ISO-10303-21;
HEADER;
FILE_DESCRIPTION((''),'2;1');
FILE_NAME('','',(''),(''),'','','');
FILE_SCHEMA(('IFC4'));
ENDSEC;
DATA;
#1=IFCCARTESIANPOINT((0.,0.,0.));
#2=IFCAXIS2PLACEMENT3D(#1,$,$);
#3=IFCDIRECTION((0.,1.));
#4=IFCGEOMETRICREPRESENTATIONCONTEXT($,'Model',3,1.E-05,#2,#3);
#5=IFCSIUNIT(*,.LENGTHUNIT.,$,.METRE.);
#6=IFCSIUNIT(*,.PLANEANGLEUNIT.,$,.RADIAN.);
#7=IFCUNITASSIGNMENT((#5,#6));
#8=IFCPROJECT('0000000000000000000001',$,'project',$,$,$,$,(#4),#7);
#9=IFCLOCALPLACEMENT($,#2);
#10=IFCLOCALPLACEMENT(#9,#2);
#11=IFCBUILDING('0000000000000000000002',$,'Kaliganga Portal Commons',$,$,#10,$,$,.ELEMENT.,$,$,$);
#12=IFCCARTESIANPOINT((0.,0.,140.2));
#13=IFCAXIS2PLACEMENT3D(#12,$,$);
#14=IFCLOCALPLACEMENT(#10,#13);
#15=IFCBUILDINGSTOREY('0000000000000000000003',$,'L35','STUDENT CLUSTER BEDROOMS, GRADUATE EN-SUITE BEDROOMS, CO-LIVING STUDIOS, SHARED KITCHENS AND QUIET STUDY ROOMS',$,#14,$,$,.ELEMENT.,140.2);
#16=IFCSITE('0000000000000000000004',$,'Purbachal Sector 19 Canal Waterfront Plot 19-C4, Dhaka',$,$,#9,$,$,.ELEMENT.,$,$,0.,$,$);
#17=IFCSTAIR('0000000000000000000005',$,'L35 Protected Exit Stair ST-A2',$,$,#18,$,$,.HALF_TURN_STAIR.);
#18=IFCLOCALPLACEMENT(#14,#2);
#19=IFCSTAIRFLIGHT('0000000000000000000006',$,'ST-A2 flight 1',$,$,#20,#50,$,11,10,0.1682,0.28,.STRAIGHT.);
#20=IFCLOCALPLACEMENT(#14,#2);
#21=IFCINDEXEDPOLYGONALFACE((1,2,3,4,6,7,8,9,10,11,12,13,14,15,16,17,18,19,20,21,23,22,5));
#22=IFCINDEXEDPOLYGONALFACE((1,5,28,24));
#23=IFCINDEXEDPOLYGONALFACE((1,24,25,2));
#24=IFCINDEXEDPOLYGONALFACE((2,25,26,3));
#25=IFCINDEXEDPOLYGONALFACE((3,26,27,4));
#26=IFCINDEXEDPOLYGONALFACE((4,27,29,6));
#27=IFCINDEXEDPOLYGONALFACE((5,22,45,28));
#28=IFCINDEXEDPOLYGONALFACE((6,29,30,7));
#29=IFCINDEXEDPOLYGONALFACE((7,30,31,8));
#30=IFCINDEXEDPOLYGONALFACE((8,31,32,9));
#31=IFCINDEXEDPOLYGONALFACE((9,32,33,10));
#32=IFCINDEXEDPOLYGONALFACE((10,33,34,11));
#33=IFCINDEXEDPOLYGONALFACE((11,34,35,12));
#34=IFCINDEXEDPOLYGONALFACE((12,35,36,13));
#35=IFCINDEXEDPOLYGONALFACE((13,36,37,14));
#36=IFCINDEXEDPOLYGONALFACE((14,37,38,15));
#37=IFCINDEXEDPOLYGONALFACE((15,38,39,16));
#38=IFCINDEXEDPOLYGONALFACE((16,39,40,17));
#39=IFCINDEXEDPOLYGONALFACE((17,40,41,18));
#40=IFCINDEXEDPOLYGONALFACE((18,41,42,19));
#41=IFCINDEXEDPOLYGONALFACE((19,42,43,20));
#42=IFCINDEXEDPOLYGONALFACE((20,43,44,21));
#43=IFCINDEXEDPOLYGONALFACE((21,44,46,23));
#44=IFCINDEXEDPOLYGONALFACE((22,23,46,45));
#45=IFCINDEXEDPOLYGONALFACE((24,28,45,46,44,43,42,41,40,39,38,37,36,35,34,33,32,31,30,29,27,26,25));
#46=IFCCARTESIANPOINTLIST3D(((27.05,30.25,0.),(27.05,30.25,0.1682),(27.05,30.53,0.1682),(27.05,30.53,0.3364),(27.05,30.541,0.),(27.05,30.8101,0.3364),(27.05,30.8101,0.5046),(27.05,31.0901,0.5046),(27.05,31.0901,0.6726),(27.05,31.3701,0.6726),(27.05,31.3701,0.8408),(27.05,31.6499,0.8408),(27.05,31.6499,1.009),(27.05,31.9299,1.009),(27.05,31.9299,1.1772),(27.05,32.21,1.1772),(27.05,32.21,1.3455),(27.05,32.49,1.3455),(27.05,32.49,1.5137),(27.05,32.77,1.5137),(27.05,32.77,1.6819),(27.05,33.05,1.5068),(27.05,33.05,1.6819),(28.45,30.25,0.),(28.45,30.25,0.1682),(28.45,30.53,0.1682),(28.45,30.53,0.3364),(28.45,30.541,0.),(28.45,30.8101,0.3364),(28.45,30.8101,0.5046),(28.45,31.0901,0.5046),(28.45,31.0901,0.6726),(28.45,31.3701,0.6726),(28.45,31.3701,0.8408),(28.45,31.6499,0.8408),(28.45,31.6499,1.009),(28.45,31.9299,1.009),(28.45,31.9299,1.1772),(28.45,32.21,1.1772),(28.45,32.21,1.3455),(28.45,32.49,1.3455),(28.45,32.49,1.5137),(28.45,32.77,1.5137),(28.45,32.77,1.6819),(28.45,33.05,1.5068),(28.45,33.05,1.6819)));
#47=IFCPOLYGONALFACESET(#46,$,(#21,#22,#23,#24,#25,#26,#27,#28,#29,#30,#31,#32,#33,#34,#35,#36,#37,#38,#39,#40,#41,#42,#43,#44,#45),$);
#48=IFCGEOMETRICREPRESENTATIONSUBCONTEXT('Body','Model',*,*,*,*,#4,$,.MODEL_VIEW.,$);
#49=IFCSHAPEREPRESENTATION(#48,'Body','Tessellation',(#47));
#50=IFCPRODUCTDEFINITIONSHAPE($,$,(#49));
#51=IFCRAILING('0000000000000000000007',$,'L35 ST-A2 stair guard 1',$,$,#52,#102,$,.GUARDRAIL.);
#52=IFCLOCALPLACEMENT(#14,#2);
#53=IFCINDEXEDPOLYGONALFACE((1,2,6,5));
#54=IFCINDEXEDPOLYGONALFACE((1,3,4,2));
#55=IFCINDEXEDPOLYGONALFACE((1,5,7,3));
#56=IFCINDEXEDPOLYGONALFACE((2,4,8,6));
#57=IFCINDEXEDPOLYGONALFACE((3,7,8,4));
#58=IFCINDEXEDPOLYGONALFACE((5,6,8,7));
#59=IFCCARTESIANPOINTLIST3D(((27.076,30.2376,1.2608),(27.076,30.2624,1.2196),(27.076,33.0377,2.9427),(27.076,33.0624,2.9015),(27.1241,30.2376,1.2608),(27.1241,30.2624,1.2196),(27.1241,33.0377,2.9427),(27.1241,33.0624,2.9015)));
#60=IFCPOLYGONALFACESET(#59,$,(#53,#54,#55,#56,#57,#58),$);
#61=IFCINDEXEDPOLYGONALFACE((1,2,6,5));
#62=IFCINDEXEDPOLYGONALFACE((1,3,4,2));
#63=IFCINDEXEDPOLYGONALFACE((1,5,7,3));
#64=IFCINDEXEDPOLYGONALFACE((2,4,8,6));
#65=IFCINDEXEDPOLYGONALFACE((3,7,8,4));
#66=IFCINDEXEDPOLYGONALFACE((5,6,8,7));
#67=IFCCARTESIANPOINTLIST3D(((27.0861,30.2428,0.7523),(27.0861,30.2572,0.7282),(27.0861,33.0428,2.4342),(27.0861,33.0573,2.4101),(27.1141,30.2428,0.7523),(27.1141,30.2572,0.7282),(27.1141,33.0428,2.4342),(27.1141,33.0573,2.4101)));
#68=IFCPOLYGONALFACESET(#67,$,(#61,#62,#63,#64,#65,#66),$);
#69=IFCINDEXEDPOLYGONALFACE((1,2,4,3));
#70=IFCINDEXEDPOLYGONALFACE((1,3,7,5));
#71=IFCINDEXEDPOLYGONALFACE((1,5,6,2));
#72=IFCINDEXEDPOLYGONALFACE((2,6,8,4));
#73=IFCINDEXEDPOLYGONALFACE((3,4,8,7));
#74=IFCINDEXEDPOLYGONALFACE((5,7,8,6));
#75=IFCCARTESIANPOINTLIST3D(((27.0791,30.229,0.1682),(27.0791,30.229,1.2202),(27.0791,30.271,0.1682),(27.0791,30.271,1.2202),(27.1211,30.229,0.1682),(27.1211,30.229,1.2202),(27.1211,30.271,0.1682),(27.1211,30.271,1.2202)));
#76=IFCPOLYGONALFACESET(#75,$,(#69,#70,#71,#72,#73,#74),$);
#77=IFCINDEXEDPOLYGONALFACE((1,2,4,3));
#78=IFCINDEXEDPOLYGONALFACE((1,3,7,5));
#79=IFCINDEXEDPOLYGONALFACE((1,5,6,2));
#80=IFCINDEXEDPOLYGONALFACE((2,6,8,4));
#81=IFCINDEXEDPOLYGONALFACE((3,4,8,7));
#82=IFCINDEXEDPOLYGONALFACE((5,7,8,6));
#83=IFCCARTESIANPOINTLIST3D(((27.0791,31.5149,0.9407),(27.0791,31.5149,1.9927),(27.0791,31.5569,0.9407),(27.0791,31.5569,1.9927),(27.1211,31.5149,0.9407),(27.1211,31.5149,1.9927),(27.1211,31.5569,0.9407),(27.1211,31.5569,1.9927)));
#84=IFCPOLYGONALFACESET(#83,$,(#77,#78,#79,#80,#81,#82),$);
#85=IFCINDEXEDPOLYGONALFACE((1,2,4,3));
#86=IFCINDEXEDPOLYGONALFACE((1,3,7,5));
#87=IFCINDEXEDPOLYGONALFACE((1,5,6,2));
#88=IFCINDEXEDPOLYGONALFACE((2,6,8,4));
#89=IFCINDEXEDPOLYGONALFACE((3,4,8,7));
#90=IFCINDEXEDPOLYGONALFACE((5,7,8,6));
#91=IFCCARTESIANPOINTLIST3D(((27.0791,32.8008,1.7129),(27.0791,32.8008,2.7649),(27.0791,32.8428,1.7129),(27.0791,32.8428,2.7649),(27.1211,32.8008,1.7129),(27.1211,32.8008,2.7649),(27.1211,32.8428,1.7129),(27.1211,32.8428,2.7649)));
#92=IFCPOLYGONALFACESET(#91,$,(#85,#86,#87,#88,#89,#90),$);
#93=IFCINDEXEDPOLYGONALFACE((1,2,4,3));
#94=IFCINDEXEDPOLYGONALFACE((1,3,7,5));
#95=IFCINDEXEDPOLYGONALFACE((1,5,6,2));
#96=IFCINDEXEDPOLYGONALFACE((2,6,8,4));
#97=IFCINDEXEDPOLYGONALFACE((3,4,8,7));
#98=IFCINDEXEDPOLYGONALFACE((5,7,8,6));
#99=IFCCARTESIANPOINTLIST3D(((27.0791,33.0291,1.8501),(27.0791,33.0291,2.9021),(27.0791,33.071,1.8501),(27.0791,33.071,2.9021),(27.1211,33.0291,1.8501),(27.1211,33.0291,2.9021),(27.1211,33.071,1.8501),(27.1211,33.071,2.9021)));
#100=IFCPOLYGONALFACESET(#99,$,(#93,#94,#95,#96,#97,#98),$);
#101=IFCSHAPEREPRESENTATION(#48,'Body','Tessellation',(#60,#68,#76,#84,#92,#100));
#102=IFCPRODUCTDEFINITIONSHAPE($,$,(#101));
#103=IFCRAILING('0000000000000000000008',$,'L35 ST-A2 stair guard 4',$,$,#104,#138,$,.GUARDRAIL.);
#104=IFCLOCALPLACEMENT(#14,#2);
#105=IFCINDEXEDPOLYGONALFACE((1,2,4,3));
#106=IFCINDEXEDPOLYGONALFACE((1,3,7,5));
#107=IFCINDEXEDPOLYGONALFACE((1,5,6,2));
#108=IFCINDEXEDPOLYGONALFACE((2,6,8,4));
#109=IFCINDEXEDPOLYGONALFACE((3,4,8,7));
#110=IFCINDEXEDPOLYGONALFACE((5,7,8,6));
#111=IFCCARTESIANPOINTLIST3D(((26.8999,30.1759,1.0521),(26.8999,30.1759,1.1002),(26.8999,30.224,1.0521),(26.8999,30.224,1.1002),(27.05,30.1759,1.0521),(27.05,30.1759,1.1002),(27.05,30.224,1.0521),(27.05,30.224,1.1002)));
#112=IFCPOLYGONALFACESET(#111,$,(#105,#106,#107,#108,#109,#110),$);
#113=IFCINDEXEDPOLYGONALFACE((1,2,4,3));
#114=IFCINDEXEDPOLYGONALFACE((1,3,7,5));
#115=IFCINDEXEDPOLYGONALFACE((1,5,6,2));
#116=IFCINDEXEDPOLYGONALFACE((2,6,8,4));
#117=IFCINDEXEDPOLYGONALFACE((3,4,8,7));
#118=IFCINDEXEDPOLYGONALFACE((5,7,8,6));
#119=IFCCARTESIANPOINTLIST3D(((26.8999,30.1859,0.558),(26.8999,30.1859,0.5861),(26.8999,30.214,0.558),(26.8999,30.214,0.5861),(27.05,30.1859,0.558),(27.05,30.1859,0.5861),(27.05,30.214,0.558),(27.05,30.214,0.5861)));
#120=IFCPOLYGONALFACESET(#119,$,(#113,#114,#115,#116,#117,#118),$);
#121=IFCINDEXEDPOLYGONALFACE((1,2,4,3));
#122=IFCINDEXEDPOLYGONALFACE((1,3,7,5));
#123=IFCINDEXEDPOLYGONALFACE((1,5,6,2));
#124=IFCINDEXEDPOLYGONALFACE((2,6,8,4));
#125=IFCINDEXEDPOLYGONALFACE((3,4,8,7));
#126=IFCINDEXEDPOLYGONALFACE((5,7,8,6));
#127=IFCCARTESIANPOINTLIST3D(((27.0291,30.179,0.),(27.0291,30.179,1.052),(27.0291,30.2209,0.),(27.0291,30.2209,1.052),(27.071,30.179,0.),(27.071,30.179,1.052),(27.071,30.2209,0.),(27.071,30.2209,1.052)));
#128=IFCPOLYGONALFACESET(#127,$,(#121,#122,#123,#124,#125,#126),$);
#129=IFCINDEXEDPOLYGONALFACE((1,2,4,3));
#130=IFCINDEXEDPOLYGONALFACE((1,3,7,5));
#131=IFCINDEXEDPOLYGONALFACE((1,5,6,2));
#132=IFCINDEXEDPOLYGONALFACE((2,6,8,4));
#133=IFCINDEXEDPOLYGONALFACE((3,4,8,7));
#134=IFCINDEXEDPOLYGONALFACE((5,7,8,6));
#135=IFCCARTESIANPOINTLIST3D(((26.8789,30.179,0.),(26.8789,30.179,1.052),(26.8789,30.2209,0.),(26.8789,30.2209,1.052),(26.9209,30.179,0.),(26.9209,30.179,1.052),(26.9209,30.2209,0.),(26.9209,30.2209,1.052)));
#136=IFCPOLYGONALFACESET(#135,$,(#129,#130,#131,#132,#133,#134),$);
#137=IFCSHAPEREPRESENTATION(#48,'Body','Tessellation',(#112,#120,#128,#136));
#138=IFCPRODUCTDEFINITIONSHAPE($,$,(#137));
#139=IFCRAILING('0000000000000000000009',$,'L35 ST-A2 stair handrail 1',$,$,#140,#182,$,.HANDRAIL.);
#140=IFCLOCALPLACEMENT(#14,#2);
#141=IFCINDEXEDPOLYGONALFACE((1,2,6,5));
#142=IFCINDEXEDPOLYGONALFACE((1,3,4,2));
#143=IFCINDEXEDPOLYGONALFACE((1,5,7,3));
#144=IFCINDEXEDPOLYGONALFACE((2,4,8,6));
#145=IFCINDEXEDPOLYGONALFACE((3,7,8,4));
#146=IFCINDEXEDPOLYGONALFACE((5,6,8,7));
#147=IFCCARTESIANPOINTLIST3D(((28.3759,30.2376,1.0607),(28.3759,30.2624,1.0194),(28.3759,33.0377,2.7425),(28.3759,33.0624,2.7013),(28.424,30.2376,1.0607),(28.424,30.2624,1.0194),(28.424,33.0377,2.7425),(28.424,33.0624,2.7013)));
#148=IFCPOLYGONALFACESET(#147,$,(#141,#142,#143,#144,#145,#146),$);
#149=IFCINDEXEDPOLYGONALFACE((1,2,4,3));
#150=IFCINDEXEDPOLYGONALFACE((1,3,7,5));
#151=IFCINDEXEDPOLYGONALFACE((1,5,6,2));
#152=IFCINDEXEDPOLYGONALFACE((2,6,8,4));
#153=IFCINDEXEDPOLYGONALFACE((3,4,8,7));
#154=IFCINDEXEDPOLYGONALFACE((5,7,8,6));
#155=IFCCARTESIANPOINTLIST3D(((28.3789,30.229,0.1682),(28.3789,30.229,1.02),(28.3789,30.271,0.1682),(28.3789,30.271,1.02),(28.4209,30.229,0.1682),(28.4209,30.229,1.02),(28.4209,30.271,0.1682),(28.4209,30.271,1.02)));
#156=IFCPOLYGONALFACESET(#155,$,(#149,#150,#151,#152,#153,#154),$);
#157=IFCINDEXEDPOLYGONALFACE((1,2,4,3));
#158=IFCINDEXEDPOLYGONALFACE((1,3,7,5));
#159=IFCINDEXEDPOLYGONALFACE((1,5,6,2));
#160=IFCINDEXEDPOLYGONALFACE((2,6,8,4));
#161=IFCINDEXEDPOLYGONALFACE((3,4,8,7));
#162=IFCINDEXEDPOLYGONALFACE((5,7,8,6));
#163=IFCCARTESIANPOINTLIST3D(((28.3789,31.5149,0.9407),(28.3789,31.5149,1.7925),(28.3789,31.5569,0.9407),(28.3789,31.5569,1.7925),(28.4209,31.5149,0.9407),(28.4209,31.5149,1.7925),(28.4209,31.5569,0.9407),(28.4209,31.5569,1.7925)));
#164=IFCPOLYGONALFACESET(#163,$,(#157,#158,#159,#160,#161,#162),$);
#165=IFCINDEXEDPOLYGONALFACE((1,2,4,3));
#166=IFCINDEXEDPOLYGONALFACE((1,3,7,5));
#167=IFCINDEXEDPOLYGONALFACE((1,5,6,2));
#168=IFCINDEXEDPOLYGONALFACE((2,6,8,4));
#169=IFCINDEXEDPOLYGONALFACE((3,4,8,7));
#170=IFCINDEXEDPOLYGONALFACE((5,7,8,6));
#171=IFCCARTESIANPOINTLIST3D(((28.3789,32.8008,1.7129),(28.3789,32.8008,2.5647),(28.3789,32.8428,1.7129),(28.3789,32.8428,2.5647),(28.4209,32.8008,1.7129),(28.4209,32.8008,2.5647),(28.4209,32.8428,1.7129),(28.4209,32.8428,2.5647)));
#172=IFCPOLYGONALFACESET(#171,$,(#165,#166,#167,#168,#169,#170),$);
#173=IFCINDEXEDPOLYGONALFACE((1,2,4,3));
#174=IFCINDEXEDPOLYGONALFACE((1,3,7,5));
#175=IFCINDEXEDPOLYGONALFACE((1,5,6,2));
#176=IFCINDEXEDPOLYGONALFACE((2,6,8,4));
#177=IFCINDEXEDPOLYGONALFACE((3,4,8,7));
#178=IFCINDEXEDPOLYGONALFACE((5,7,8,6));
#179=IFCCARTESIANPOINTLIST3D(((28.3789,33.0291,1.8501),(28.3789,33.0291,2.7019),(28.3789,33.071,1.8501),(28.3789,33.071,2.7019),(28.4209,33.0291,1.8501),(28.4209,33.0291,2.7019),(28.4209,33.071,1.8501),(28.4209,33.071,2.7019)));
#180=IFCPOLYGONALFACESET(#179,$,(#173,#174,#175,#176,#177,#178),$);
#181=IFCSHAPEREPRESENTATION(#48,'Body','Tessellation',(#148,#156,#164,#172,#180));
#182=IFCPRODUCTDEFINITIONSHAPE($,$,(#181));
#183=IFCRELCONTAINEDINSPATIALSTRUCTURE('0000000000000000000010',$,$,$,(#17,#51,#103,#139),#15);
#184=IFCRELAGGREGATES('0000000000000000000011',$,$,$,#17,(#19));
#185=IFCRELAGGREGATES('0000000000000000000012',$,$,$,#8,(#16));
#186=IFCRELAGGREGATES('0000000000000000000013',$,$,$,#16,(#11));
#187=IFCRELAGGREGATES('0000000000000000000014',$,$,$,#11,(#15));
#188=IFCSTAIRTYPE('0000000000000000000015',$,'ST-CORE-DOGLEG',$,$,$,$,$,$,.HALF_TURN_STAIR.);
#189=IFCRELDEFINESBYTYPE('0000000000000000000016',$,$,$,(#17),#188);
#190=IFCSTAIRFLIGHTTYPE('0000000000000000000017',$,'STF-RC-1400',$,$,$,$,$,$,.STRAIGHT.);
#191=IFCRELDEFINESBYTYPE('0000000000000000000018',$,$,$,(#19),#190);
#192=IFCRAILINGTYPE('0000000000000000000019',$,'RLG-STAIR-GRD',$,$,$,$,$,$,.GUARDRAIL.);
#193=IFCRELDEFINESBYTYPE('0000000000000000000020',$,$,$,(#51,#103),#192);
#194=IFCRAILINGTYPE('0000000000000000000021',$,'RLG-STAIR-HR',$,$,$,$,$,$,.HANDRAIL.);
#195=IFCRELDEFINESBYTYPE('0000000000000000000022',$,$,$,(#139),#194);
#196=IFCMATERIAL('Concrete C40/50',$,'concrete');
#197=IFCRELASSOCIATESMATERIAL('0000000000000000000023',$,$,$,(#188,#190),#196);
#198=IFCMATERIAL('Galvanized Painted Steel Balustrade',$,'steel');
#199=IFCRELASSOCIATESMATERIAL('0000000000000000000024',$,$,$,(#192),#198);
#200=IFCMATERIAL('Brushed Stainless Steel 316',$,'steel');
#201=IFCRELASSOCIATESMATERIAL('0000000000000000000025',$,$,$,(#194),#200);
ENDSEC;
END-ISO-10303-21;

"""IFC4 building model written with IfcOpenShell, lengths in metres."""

from ifc_helpers import new_model, si_unit, direction, frame, origin, origin_2d, place, context, subcontext, project, spatial, polyline, rectangle, outline, extrude, material, type_object, element, aggregate, save


model = new_model("IFC4")

# Units and contexts
model_context = context("Model", 3, precision=1e-05, world=origin(), true_north=direction((0.0, 1.0)))
body_context = subcontext(model_context, "Body", "Model", "MODEL_VIEW")
ifc_project = project(units=[si_unit("LENGTHUNIT", "METRE"), si_unit("PLANEANGLEUNIT", "RADIAN")], contexts=[model_context])

# Site, building, storey
site_placement = place(None, origin())
site = spatial("IfcSite", under=ifc_project, at=site_placement, Name="Purbachal Sector 19 Canal Waterfront Plot 19-C4, Dhaka", CompositionType="ELEMENT", RefElevation=0.0)
building_placement = place(site_placement, origin())
building = spatial("IfcBuilding", under=site, at=building_placement, Name="Kaliganga Portal Commons", CompositionType="ELEMENT")
storey_placement = place(building_placement, frame((0.0, 0.0, 140.2)))
storey = spatial("IfcBuildingStorey", under=building, at=storey_placement, Name="L35", Description="STUDENT CLUSTER BEDROOMS, GRADUATE EN-SUITE BEDROOMS, CO-LIVING STUDIOS, SHARED KITCHENS AND QUIET STUDY ROOMS", CompositionType="ELEMENT", Elevation=140.2)

# Stair, stair flight
ifc_material_1 = material(Name="Concrete C40/50", Category="concrete")
stair_type = type_object("IfcStairType", Name="ST-CORE-DOGLEG", PredefinedType="HALF_TURN_STAIR", material=ifc_material_1)
stair_placement = place(storey_placement, origin())
stair = element("IfcStair", 1, at=stair_placement, inside=storey, type_object=stair_type, Name="L35 Protected Exit Stair ST-A2", PredefinedType="HALF_TURN_STAIR")
stair_flight_type = type_object("IfcStairFlightType", Name="STF-RC-1400", PredefinedType="STRAIGHT", material=ifc_material_1)
stair_flight_placement = place(storey_placement, frame((27.75, 30.25, 0.0), z_axis=(0.0, 0.0, 1.0), x_axis=(0.0, 1.0, 0.0)))
stair_flight = element("IfcStairFlight", 2, at=stair_flight_placement, type_object=stair_flight_type, Name="ST-A2 flight 1", NumberOfRisers=11, NumberOfTreads=10, PredefinedType="STRAIGHT", RiserHeight=0.1682, TreadLength=0.28, context=body_context, shape_type="SweptSolid", body=[
    extrude(outline(polyline([(0.0, 0.0), (0.0, 0.1682), (0.28, 0.1682), (0.28, 0.3364), (0.5601, 0.3364), (0.5601, 0.5046), (0.8401, 0.5046), (0.8401, 0.6726), (1.1201, 0.6726), (1.1201, 0.8408), (1.3999, 0.8408), (1.3999, 1.009), (1.6799, 1.009), (1.6799, 1.1772), (1.96, 1.1772), (1.96, 1.3455), (2.24, 1.3455), (2.24, 1.5137), (2.52, 1.5137), (2.52, 1.6819), (2.8, 1.6819), (2.8, 1.8501), (2.8, 1.5068), (0.291, 0.0), (0.0, 0.0)])), frame((0.0, 0.7, 0.0), z_axis=(0.0, -1.0, 0.0), x_axis=(1.0, 0.0, 0.0)), (0.0, 0.0, 1.0), 1.3999),
])
aggregate(stair, [stair_flight])

# Railings
ifc_material_2 = material(Name="Galvanized Painted Steel Balustrade", Category="steel")
railing_type_1 = type_object("IfcRailingType", Name="RLG-STAIR-GRD", PredefinedType="GUARDRAIL", material=ifc_material_2)
railing_1_placement = place(storey_placement, frame((27.1001, 30.25, 0.1682)))
element("IfcRailing", 3, at=railing_1_placement, inside=storey, type_object=railing_type_1, Name="L35 ST-A2 stair guard 1", PredefinedType="GUARDRAIL", context=body_context, shape_type="SweptSolid", body=[
    extrude(rectangle(XDim=0.0481, YDim=0.0481, at=origin_2d()), frame((0.0, 0.0, 1.072), z_axis=(0.0, 0.857242, 0.514913), x_axis=(-1.0, 0.0, 0.0)), (0.0, 0.0, 1.0), 3.2664),
    extrude(rectangle(XDim=0.0281, YDim=0.0281, at=origin_2d()), frame((0.0, 0.0, 0.572), z_axis=(0.0, 0.857242, 0.514913), x_axis=(-1.0, 0.0, 0.0)), (0.0, 0.0, 1.0), 3.2664),
    extrude(rectangle(XDim=0.042, YDim=0.042, at=origin_2d()), origin(), (0.0, 0.0, 1.0), 1.052),
    extrude(rectangle(XDim=0.042, YDim=0.042, at=origin_2d()), frame((0.0, 1.2859, 0.7725)), (0.0, 0.0, 1.0), 1.052),
    extrude(rectangle(XDim=0.042, YDim=0.042, at=origin_2d()), frame((0.0, 2.5718, 1.5447)), (0.0, 0.0, 1.0), 1.052),
    extrude(rectangle(XDim=0.042, YDim=0.042, at=origin_2d()), frame((0.0, 2.8, 1.6819)), (0.0, 0.0, 1.0), 1.052),
])
railing_2_placement = place(storey_placement, frame((27.05, 30.2, 0.0)))
element("IfcRailing", 4, at=railing_2_placement, inside=storey, type_object=railing_type_1, Name="L35 ST-A2 stair guard 4", PredefinedType="GUARDRAIL", context=body_context, shape_type="SweptSolid", body=[
    extrude(rectangle(XDim=0.0481, YDim=0.0481, at=origin_2d()), frame((0.0, 0.0, 1.0762), z_axis=(-1.0, 0.0, 0.0), x_axis=(0.0, -1.0, 0.0)), (0.0, 0.0, 1.0), 0.1501),
    extrude(rectangle(XDim=0.0281, YDim=0.0281, at=origin_2d()), frame((0.0, 0.0, 0.572), z_axis=(-1.0, 0.0, 0.0), x_axis=(0.0, -1.0, 0.0)), (0.0, 0.0, 1.0), 0.1501),
    extrude(rectangle(XDim=0.042, YDim=0.042, at=origin_2d()), origin(), (0.0, 0.0, 1.0), 1.052),
    extrude(rectangle(XDim=0.042, YDim=0.042, at=origin_2d()), frame((-0.1501, 0.0, 0.0)), (0.0, 0.0, 1.0), 1.052),
])
ifc_material_3 = material(Name="Brushed Stainless Steel 316", Category="steel")
railing_type_2 = type_object("IfcRailingType", Name="RLG-STAIR-HR", PredefinedType="HANDRAIL", material=ifc_material_3)
railing_3_placement = place(storey_placement, frame((28.3999, 30.25, 0.1682)))
element("IfcRailing", 5, at=railing_3_placement, inside=storey, type_object=railing_type_2, Name="L35 ST-A2 stair handrail 1", PredefinedType="HANDRAIL", context=body_context, shape_type="SweptSolid", body=[
    extrude(rectangle(XDim=0.0481, YDim=0.0481, at=origin_2d()), frame((0.0, 0.0, 0.8718), z_axis=(0.0, 0.857242, 0.514913), x_axis=(-1.0, 0.0, 0.0)), (0.0, 0.0, 1.0), 3.2664),
    extrude(rectangle(XDim=0.042, YDim=0.042, at=origin_2d()), origin(), (0.0, 0.0, 1.0), 0.8518),
    extrude(rectangle(XDim=0.042, YDim=0.042, at=origin_2d()), frame((0.0, 1.2859, 0.7725)), (0.0, 0.0, 1.0), 0.8518),
    extrude(rectangle(XDim=0.042, YDim=0.042, at=origin_2d()), frame((0.0, 2.5718, 1.5447)), (0.0, 0.0, 1.0), 0.8518),
    extrude(rectangle(XDim=0.042, YDim=0.042, at=origin_2d()), frame((0.0, 2.8, 1.6819)), (0.0, 0.0, 1.0), 0.8518),
])

save(model, "model.ifc")
